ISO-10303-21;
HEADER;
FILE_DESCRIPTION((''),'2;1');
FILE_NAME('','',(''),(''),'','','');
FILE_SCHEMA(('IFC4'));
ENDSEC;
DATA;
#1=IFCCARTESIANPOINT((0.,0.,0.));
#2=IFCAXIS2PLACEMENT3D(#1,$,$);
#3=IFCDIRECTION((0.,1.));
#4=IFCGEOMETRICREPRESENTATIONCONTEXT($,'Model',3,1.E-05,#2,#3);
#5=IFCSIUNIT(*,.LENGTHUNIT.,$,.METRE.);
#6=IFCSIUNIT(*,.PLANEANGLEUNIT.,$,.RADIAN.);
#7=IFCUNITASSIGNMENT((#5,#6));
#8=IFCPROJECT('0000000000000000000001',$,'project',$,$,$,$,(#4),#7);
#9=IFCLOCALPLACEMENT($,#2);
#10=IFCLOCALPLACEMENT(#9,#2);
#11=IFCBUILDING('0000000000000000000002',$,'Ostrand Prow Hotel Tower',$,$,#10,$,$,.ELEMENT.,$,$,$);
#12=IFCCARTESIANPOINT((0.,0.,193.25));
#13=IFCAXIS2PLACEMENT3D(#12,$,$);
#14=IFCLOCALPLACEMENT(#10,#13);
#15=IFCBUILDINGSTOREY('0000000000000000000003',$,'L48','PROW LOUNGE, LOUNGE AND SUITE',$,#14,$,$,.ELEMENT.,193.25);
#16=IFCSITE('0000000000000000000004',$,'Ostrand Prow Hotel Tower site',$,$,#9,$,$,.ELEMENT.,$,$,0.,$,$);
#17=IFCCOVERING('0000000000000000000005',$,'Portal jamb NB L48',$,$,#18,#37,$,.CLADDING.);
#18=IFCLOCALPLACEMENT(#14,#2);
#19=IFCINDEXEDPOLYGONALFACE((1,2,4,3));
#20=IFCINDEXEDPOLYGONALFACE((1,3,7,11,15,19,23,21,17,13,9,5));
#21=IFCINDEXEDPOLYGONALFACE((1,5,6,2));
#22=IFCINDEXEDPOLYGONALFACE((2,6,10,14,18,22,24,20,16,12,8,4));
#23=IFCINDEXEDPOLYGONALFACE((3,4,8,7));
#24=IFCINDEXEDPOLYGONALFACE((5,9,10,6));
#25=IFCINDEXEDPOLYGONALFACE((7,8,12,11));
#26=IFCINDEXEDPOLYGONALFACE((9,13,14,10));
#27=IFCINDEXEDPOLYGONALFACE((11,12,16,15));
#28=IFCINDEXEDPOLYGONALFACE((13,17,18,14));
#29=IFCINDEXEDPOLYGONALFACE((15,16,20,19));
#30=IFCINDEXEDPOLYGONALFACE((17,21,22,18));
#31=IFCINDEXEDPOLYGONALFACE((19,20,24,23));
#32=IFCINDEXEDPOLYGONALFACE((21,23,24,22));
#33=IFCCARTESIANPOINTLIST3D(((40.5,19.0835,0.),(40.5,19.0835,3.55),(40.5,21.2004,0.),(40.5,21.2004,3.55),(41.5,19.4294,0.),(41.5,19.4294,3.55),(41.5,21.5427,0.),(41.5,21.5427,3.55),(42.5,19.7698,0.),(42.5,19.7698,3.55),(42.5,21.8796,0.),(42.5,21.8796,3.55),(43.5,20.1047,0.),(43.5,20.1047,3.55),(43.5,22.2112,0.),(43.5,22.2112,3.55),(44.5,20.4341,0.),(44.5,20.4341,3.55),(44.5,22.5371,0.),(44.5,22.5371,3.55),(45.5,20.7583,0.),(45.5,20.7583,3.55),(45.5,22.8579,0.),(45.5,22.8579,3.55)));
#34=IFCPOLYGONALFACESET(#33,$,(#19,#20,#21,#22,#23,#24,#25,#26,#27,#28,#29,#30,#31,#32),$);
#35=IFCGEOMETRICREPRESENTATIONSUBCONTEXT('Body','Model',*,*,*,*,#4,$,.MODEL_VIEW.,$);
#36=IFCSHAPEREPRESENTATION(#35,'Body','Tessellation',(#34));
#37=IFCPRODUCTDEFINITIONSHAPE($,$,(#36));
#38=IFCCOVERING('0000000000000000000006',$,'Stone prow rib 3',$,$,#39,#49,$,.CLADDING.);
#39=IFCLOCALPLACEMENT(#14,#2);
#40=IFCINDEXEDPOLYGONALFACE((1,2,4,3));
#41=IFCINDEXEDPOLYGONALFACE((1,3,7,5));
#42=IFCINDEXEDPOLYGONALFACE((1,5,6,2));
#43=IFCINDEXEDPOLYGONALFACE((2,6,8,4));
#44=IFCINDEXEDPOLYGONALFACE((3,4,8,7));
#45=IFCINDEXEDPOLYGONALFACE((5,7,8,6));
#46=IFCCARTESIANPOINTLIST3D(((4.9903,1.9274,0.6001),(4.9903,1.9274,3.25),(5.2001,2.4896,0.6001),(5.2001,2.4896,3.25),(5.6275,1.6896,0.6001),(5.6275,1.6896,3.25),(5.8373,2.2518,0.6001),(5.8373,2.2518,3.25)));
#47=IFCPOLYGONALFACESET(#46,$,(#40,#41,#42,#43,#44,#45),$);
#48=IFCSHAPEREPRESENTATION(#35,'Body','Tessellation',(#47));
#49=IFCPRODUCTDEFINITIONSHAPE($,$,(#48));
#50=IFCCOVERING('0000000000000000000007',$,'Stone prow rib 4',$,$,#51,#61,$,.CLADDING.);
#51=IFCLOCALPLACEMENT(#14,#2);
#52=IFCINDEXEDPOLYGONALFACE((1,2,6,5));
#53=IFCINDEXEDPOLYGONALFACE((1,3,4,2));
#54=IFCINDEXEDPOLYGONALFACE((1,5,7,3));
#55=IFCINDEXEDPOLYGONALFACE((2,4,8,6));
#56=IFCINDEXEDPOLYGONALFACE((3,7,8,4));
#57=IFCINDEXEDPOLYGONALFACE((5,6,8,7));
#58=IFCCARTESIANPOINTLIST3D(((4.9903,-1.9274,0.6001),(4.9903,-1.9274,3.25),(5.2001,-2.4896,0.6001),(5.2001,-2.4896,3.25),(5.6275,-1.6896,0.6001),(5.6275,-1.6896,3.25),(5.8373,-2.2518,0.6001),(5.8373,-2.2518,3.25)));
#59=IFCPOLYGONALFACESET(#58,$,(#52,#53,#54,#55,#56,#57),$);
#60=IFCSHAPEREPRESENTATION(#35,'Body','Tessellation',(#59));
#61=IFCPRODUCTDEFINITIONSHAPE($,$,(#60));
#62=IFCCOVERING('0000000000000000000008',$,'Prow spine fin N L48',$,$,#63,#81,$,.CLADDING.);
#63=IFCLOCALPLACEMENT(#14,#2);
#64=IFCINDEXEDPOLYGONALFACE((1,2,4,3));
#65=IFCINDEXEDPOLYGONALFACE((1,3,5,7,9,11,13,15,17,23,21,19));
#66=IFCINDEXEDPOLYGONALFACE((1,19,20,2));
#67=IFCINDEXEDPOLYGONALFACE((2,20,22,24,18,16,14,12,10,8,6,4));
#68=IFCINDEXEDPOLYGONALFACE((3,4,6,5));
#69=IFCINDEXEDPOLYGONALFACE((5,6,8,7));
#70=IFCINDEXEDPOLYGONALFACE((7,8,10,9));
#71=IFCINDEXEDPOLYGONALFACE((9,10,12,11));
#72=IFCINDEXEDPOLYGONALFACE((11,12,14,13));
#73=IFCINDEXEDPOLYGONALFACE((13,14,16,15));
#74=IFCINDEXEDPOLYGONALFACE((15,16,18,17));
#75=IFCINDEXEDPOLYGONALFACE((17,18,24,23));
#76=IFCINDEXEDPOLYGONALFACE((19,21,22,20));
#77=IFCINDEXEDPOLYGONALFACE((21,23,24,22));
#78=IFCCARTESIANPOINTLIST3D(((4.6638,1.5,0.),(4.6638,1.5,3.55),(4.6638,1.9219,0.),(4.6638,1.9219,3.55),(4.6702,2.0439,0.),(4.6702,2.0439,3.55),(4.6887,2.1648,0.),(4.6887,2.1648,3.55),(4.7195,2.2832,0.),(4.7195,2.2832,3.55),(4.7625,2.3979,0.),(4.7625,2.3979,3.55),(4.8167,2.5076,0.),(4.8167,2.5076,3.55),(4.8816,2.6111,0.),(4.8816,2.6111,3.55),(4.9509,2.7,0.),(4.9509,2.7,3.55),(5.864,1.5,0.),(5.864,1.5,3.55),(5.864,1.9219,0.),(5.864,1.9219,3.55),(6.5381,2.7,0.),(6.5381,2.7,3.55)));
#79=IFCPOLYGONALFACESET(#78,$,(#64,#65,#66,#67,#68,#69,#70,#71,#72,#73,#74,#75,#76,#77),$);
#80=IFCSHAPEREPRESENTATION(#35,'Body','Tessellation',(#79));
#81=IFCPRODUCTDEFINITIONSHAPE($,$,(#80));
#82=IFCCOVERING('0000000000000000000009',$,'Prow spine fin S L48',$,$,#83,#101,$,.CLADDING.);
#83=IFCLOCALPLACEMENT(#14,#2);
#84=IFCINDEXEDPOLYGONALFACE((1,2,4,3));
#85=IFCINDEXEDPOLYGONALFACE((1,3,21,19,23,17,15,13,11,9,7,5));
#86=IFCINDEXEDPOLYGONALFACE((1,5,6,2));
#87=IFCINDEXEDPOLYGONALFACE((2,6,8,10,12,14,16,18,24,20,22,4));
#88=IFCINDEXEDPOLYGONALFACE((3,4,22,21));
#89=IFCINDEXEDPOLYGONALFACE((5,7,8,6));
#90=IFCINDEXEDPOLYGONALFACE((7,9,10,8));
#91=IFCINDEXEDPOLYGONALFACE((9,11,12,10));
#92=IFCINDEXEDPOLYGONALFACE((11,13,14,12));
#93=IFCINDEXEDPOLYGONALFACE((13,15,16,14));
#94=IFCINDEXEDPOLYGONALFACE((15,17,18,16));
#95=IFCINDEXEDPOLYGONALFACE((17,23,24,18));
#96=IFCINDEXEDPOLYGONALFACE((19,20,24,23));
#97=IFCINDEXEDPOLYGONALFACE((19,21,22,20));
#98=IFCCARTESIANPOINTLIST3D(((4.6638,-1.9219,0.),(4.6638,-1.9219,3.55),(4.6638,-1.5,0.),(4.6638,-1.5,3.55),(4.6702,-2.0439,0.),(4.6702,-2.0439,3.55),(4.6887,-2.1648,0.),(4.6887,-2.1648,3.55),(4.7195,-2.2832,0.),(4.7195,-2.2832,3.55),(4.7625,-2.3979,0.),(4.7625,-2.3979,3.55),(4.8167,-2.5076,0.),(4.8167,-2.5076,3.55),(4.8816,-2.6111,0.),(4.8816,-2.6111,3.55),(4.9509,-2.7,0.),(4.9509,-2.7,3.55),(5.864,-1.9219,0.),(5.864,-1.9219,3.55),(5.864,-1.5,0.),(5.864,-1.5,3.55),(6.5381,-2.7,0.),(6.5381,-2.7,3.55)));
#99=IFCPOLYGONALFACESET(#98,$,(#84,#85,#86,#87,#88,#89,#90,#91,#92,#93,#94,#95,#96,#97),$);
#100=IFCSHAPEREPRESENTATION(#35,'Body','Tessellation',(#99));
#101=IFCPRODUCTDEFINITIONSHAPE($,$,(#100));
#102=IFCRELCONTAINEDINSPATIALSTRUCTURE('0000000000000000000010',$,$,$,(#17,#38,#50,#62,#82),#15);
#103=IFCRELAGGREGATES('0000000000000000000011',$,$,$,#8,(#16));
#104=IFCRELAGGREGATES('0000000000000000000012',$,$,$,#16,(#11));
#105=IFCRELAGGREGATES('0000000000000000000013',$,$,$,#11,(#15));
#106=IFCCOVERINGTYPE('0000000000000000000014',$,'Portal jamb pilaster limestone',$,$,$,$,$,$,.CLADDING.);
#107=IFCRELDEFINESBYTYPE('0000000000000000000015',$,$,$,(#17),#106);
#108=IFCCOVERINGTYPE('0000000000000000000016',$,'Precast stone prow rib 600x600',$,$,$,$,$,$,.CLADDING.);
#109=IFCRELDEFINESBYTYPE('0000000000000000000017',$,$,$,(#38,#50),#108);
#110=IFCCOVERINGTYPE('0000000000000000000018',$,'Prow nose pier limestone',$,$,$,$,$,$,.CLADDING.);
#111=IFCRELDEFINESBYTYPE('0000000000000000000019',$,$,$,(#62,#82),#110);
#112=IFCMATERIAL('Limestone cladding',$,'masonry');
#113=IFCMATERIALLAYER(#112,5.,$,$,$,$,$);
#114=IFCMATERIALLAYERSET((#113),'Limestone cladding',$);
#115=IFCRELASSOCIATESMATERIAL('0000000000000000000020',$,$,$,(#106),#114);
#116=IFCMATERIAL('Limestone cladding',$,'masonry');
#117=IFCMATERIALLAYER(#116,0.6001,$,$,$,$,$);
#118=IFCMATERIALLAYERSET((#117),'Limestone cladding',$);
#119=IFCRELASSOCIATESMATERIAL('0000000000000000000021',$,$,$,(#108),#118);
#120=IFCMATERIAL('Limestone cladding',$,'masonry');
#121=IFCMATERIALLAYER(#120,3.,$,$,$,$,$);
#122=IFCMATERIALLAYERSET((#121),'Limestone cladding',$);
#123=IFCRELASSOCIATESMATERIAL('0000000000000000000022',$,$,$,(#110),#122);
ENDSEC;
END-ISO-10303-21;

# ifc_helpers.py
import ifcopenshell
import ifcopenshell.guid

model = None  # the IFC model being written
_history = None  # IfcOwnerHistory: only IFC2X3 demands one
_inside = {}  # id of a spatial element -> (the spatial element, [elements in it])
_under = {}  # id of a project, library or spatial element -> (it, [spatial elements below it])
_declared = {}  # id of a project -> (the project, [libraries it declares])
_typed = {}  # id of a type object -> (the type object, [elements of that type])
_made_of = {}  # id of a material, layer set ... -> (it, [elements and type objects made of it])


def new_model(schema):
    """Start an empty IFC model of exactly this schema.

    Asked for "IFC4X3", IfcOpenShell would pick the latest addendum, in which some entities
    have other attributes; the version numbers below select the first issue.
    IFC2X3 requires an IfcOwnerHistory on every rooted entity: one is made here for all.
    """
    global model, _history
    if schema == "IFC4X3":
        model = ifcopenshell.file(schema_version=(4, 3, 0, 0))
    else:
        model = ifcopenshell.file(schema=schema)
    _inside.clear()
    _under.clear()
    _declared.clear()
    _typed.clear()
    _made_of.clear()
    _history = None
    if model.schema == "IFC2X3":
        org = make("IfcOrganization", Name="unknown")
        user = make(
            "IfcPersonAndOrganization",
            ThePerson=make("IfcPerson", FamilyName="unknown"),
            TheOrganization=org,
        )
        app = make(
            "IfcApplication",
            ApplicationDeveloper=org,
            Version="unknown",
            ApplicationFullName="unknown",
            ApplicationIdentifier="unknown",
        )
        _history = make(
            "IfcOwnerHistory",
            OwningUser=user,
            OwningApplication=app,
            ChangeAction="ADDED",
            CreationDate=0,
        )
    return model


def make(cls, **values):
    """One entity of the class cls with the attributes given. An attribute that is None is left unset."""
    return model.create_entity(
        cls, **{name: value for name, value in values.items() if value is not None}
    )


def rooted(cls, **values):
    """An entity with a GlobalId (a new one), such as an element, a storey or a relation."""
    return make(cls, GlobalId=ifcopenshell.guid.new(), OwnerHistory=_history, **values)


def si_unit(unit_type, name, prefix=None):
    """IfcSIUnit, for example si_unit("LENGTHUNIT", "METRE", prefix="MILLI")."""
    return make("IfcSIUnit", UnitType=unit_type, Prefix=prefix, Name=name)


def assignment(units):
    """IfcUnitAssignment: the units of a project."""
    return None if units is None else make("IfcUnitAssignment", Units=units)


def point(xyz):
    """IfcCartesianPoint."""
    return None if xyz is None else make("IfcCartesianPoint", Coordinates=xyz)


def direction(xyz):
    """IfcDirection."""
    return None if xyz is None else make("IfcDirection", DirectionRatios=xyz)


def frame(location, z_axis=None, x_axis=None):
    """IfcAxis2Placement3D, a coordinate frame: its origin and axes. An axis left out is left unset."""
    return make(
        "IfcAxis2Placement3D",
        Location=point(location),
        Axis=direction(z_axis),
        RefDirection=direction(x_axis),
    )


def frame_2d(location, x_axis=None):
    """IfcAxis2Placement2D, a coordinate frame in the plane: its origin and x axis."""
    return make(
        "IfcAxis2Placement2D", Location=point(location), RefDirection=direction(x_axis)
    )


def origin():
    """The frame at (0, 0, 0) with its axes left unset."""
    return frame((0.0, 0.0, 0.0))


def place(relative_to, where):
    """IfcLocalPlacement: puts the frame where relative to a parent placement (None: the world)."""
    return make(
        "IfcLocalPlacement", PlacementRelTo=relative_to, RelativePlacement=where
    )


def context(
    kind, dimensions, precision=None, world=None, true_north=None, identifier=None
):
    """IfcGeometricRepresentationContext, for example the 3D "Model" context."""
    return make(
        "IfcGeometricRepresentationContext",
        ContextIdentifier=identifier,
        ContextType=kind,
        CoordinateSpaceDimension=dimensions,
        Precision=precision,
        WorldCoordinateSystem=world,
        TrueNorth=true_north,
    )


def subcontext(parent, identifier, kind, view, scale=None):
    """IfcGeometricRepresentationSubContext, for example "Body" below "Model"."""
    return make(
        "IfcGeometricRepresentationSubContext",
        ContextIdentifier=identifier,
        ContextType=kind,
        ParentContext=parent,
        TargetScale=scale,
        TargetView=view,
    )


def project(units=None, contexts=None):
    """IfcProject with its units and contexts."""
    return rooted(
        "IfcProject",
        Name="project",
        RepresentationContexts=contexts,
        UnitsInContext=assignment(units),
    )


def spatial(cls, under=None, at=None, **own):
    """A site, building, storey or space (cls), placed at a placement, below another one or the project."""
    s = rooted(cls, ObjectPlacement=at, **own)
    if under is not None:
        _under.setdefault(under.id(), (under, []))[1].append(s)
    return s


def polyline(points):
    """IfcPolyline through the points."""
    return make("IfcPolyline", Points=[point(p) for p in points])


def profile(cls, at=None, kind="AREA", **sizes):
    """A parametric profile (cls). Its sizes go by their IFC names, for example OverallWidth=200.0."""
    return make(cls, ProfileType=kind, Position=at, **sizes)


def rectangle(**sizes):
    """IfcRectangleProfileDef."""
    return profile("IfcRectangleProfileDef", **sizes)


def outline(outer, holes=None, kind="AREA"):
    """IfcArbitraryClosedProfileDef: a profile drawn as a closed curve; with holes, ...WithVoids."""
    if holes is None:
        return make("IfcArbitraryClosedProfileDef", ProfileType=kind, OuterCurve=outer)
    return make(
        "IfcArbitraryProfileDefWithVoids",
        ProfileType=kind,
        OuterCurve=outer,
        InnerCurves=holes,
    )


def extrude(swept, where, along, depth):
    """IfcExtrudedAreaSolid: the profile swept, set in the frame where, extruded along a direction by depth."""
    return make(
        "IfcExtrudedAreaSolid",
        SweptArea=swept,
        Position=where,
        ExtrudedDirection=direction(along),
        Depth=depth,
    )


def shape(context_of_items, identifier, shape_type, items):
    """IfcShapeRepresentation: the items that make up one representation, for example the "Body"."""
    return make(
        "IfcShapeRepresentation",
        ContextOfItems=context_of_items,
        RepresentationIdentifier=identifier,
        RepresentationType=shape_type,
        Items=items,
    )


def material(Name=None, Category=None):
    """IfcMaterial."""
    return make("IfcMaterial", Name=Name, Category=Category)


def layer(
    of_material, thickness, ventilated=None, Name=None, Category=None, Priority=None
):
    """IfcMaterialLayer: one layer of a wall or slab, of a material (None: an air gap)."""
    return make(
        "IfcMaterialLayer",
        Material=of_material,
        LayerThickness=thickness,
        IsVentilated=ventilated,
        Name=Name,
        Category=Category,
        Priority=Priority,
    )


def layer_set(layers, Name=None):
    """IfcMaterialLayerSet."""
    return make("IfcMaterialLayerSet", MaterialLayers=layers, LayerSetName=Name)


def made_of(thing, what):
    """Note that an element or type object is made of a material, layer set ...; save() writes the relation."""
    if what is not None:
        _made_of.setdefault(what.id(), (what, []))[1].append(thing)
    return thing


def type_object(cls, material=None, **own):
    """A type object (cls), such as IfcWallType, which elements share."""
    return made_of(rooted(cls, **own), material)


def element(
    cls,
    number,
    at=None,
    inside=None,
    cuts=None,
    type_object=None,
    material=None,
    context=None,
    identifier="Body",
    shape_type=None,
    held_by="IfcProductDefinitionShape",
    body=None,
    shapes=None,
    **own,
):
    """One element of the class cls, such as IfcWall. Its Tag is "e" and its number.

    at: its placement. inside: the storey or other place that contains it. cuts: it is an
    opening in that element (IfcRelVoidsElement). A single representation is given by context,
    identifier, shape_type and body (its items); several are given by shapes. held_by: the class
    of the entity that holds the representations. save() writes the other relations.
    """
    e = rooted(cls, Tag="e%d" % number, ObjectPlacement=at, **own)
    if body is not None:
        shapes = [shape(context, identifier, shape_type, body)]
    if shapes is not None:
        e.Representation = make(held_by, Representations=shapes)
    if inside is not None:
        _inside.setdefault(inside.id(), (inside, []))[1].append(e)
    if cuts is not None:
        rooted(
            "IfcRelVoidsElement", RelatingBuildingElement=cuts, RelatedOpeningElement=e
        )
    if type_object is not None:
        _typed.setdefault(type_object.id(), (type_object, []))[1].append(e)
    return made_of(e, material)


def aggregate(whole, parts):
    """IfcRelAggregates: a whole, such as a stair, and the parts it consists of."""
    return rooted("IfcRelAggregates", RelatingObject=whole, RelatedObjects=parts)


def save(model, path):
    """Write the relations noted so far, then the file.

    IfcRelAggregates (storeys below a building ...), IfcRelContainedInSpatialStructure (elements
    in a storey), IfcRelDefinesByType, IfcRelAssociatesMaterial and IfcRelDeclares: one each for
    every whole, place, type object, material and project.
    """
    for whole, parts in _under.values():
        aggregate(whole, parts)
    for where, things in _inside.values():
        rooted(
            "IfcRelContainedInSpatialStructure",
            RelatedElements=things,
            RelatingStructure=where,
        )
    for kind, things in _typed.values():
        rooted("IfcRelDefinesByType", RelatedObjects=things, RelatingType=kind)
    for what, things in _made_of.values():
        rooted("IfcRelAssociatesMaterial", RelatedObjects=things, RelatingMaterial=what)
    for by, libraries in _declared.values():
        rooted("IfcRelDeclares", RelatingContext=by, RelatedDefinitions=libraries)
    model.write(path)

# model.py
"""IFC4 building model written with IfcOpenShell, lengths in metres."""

from ifc_helpers import new_model, si_unit, direction, frame, frame_2d, origin, place, context, subcontext, project, spatial, polyline, rectangle, outline, extrude, material, layer, layer_set, type_object, element, save


model = new_model("IFC4")

# Units and contexts
model_context = context("Model", 3, precision=1e-05, world=origin(), true_north=direction((0.0, 1.0)))
body_context = subcontext(model_context, "Body", "Model", "MODEL_VIEW")
ifc_project = project(units=[si_unit("LENGTHUNIT", "METRE"), si_unit("PLANEANGLEUNIT", "RADIAN")], contexts=[model_context])

# Site, building, storey
site_placement = place(None, origin())
site = spatial("IfcSite", under=ifc_project, at=site_placement, Name="Ostrand Prow Hotel Tower site", CompositionType="ELEMENT", RefElevation=0.0)
building_placement = place(site_placement, origin())
building = spatial("IfcBuilding", under=site, at=building_placement, Name="Ostrand Prow Hotel Tower", CompositionType="ELEMENT")
storey_placement = place(building_placement, frame((0.0, 0.0, 193.25)))
storey = spatial("IfcBuildingStorey", under=building, at=storey_placement, Name="L48", Description="PROW LOUNGE, LOUNGE AND SUITE", CompositionType="ELEMENT", Elevation=193.25)

# Coverings
ifc_material_1 = material(Name="Limestone cladding", Category="masonry")
ifc_layer_1 = layer(ifc_material_1, 5.0)
ifc_layer_set_1 = layer_set([ifc_layer_1], Name="Limestone cladding")
covering_type_1 = type_object("IfcCoveringType", Name="Portal jamb pilaster limestone", PredefinedType="CLADDING", material=ifc_layer_set_1)
covering_1_placement = place(storey_placement, origin())
element("IfcCovering", 1, at=covering_1_placement, inside=storey, type_object=covering_type_1, Name="Portal jamb NB L48", PredefinedType="CLADDING", context=body_context, shape_type="SweptSolid", body=[
    extrude(outline(polyline([(40.5, 19.0835), (41.5, 19.4294), (42.5, 19.7698), (43.5, 20.1047), (44.5, 20.4341), (45.5, 20.7583), (45.5, 22.8579), (44.5, 22.5371), (43.5, 22.2112), (42.5, 21.8796), (41.5, 21.5427), (40.5, 21.2004), (40.5, 19.0835)])), origin(), (0.0, 0.0, 1.0), 3.55),
])
ifc_material_2 = material(Name="Limestone cladding", Category="masonry")
ifc_layer_2 = layer(ifc_material_2, 0.6001)
ifc_layer_set_2 = layer_set([ifc_layer_2], Name="Limestone cladding")
covering_type_2 = type_object("IfcCoveringType", Name="Precast stone prow rib 600x600", PredefinedType="CLADDING", material=ifc_layer_set_2)
for number, where, z_axis, x_axis, name in (
    (2, (5.7324, 1.9707, 0.6001), (0.0, 0.0, 1.0), (-0.936889, 0.349628, 0.0), "Stone prow rib 3"),
    (3, (5.7324, -1.9707, 0.6001), (0.0, 0.0, 1.0), (-0.936889, -0.349628, 0.0), "Stone prow rib 4"),
):
    element("IfcCovering", number, at=place(storey_placement, frame(where, z_axis=z_axis, x_axis=x_axis)), inside=storey, type_object=covering_type_2, Name=name, PredefinedType="CLADDING", context=body_context, shape_type="SweptSolid", body=[
        extrude(rectangle(XDim=0.6802, YDim=0.6001, at=frame_2d((0.3401, 0.0))), origin(), (0.0, 0.0, 1.0), 2.6499),
    ])
ifc_material_3 = material(Name="Limestone cladding", Category="masonry")
ifc_layer_3 = layer(ifc_material_3, 3.0)
ifc_layer_set_3 = layer_set([ifc_layer_3], Name="Limestone cladding")
covering_type_3 = type_object("IfcCoveringType", Name="Prow nose pier limestone", PredefinedType="CLADDING", material=ifc_layer_set_3)
covering_2_placement = place(storey_placement, origin())
element("IfcCovering", 4, at=covering_2_placement, inside=storey, type_object=covering_type_3, Name="Prow spine fin N L48", PredefinedType="CLADDING", context=body_context, shape_type="SweptSolid", body=[
    extrude(outline(polyline([(4.6638, 1.9219), (4.6638, 1.5), (5.864, 1.5), (5.864, 1.9219), (6.5381, 2.7), (4.9509, 2.7), (4.8816, 2.6111), (4.8167, 2.5076), (4.7625, 2.3979), (4.7195, 2.2832), (4.6887, 2.1648), (4.6702, 2.0439), (4.6638, 1.9219)])), origin(), (0.0, 0.0, 1.0), 3.55),
])
covering_3_placement = place(storey_placement, origin())
element("IfcCovering", 5, at=covering_3_placement, inside=storey, type_object=covering_type_3, Name="Prow spine fin S L48", PredefinedType="CLADDING", context=body_context, shape_type="SweptSolid", body=[
    extrude(outline(polyline([(4.8816, -2.6111), (4.9509, -2.7), (6.5381, -2.7), (5.864, -1.9219), (5.864, -1.5), (4.6638, -1.5), (4.6638, -1.9219), (4.6702, -2.0439), (4.6887, -2.1648), (4.7195, -2.2832), (4.7625, -2.3979), (4.8167, -2.5076), (4.8816, -2.6111)])), origin(), (0.0, 0.0, 1.0), 3.55),
])

save(model, "model.ifc")
